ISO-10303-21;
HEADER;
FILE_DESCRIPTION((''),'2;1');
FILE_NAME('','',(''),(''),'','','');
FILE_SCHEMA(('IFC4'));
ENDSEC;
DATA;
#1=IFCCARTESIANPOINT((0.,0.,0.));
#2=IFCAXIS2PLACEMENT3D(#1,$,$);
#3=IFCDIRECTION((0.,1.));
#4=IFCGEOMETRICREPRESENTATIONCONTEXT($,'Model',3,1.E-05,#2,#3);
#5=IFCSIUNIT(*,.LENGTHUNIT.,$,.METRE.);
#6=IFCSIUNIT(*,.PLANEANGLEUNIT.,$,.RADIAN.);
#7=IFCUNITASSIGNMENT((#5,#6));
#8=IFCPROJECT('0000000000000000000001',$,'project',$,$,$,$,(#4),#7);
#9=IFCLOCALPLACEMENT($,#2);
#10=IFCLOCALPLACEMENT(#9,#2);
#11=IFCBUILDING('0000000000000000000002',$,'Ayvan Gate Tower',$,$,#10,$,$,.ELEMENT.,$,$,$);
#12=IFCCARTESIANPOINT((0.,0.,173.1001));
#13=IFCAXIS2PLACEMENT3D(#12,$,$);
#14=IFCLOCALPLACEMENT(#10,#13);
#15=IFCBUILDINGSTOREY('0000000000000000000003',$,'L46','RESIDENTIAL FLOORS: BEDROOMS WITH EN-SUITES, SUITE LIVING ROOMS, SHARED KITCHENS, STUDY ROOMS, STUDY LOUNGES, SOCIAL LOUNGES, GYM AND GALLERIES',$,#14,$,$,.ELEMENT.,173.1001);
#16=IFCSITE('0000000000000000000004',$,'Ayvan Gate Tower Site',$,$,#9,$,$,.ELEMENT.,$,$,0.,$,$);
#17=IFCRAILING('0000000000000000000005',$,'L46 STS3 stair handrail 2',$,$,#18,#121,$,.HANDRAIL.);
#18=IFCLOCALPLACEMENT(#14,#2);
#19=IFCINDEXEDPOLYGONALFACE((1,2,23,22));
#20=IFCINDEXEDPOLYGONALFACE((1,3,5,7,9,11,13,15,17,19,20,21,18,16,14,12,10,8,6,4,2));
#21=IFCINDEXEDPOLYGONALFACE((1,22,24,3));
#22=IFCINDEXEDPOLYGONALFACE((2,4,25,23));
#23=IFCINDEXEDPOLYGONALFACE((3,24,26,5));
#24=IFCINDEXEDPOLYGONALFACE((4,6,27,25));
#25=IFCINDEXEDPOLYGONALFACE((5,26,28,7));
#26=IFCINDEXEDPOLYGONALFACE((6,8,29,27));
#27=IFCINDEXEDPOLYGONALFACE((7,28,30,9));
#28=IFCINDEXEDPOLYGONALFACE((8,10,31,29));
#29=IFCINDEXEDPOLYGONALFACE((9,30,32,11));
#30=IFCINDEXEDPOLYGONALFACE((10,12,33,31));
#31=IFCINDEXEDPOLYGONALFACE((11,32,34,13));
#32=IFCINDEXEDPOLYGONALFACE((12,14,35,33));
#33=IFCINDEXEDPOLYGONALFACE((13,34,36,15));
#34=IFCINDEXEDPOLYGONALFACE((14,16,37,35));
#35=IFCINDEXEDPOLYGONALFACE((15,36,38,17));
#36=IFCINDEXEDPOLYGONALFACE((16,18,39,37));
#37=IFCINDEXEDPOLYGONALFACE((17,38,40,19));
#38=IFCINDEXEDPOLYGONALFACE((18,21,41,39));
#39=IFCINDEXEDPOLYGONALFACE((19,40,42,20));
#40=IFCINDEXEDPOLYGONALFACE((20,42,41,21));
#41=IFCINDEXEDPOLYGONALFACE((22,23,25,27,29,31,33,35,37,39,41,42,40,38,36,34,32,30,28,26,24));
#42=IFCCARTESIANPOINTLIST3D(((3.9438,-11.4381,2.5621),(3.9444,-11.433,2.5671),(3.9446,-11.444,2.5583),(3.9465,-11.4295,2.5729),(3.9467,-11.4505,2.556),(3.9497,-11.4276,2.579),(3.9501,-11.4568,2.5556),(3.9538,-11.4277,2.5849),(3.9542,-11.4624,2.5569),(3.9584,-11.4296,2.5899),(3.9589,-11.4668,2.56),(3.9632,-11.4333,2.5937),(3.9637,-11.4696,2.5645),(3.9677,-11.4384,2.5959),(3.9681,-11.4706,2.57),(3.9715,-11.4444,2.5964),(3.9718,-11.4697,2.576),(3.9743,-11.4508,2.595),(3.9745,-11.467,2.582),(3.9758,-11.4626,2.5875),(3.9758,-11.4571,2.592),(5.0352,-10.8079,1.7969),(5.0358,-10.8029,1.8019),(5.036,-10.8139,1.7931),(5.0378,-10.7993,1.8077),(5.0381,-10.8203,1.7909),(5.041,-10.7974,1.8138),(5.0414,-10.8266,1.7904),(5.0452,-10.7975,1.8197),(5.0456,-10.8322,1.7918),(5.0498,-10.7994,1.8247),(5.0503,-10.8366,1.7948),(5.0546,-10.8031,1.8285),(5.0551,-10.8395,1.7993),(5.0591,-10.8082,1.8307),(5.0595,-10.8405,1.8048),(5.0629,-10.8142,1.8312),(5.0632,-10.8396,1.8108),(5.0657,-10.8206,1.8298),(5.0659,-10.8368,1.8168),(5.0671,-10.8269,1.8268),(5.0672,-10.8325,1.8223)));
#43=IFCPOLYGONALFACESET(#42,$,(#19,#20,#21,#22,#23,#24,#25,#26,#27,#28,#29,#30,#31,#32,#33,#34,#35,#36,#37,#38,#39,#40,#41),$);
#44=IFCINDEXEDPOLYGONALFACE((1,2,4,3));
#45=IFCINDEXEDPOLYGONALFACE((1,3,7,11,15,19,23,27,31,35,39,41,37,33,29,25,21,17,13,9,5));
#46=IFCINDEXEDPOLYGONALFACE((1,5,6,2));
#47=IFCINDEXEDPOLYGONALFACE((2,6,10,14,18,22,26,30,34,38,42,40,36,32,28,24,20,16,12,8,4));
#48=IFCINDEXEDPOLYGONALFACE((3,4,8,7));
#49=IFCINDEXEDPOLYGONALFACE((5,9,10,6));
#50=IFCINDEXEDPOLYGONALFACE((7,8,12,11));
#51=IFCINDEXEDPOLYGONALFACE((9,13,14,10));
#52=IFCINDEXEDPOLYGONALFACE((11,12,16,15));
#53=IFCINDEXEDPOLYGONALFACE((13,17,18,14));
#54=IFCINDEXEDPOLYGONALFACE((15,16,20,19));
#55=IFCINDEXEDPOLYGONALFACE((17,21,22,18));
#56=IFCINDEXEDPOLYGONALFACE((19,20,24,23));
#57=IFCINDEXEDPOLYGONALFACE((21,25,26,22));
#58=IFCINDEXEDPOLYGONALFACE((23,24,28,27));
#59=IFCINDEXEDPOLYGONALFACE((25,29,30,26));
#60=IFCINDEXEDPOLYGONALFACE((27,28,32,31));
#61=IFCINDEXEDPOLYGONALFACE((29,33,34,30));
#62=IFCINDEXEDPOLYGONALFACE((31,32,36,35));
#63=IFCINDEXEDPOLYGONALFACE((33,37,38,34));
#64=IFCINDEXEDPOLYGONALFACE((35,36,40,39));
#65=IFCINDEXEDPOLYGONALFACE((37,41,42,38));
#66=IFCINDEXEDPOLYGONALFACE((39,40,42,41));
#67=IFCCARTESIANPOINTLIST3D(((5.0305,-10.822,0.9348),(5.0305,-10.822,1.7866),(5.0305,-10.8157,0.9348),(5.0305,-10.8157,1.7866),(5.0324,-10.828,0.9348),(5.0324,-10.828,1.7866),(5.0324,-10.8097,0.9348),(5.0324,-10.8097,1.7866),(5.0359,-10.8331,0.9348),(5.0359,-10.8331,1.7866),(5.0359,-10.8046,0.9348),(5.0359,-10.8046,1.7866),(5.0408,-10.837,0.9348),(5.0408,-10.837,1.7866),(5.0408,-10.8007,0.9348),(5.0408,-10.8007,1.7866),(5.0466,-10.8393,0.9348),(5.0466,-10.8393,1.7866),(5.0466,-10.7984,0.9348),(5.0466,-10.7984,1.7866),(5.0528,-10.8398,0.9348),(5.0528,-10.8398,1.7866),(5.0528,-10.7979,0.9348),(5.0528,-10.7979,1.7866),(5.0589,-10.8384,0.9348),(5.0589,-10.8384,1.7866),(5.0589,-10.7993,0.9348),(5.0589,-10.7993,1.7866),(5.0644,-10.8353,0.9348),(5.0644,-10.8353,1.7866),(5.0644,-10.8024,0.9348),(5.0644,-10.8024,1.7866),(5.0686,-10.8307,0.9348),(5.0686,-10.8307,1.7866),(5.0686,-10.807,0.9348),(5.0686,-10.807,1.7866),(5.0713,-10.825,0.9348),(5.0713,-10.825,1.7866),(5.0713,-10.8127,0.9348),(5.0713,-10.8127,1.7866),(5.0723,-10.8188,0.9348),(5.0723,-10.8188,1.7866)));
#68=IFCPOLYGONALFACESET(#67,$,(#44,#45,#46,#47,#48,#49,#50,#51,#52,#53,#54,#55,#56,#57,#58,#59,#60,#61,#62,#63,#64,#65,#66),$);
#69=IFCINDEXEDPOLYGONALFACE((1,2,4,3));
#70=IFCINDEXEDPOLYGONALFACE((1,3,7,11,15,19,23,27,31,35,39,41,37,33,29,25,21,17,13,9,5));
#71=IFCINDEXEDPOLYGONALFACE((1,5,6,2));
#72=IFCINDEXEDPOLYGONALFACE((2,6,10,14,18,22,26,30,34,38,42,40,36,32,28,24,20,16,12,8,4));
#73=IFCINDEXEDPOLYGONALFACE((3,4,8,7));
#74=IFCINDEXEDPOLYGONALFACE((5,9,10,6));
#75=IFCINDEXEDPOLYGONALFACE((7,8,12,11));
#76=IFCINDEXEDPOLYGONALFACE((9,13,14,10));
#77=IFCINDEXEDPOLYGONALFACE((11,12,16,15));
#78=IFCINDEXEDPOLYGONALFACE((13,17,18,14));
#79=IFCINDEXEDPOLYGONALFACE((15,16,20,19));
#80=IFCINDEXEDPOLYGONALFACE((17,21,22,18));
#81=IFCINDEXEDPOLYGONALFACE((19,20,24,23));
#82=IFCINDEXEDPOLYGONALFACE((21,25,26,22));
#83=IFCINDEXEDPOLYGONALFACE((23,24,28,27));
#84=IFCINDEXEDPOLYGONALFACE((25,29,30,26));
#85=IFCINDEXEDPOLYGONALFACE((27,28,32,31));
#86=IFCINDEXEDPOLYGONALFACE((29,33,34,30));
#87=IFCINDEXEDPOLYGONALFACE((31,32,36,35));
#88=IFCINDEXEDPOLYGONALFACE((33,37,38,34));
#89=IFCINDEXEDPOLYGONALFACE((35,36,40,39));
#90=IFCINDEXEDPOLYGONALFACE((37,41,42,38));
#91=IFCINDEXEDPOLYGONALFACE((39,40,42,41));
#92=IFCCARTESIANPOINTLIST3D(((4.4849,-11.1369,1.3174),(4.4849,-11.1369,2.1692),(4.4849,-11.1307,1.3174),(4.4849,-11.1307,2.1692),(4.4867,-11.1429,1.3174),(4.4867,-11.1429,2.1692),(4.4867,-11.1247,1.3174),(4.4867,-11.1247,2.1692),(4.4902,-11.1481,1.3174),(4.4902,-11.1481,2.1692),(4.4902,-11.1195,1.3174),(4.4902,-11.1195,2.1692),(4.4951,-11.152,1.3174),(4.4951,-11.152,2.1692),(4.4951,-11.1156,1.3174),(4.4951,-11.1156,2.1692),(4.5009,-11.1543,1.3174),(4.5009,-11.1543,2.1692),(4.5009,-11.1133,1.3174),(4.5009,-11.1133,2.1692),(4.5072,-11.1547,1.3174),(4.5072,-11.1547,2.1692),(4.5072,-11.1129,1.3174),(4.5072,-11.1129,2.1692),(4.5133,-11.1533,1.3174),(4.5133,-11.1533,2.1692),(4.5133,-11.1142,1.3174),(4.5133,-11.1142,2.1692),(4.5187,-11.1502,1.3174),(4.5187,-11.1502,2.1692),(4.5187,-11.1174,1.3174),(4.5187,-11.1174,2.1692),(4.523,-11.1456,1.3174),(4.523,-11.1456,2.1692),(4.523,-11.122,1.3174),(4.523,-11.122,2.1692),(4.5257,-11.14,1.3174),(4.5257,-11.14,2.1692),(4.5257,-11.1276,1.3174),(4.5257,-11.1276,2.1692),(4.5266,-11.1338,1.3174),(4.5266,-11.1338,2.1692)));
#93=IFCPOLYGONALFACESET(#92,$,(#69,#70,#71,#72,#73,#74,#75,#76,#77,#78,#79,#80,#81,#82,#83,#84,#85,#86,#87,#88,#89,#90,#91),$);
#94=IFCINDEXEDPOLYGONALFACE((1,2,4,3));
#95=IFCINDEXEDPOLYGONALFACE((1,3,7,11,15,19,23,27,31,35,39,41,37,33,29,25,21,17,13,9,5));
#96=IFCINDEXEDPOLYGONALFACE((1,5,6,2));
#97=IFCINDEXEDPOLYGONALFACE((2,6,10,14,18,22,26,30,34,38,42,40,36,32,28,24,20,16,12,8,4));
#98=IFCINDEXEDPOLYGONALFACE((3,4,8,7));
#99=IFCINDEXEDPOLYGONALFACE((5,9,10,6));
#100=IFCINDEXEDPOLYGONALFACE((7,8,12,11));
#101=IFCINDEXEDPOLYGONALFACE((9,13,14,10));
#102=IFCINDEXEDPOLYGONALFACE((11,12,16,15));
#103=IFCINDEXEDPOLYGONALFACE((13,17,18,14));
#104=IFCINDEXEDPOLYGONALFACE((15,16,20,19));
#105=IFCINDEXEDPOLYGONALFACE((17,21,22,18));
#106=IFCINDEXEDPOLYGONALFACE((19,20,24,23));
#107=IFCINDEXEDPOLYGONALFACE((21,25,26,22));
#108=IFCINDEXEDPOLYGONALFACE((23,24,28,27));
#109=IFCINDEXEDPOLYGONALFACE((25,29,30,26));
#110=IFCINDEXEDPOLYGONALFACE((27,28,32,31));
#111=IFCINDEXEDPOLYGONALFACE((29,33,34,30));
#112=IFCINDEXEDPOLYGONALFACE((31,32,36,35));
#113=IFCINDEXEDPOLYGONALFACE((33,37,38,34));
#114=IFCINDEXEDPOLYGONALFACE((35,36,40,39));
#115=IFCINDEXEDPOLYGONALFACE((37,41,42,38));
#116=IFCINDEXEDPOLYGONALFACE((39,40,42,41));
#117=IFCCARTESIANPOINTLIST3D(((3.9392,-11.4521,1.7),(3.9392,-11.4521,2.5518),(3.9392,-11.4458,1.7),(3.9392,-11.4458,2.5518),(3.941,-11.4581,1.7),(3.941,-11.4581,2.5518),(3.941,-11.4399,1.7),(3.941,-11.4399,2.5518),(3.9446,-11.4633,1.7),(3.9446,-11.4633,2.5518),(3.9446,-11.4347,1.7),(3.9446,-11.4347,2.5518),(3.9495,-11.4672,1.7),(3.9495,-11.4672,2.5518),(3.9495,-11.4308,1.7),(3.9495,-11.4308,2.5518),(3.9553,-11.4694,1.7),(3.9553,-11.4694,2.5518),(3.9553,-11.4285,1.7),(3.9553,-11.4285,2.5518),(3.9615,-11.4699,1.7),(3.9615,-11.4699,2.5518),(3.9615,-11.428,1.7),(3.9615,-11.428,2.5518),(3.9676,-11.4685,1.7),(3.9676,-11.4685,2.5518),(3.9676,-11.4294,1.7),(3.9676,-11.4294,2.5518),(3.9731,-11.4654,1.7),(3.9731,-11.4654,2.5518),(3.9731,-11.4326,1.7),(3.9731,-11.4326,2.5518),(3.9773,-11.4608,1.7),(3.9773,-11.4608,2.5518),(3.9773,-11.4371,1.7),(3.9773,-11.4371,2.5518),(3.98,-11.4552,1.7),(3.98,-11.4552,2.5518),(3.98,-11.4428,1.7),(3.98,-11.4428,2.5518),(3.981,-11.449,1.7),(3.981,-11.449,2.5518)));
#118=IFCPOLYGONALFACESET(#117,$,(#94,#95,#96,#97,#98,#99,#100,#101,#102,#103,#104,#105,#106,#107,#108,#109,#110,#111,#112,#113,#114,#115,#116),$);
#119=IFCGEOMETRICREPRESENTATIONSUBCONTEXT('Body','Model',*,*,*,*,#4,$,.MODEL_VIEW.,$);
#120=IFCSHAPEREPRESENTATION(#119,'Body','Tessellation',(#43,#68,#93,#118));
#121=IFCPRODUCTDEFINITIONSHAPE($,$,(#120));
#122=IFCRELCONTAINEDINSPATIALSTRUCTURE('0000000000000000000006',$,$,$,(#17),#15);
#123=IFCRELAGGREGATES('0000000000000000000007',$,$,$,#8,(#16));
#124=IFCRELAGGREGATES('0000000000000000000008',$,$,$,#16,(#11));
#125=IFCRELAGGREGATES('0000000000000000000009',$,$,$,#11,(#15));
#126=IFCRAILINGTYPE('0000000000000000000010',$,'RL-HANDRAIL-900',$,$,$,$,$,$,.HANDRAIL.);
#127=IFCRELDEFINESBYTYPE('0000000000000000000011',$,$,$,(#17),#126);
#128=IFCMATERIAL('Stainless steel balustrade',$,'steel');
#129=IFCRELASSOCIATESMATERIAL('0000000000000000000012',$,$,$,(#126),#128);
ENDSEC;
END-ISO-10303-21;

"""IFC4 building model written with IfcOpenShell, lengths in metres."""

from ifc_helpers import new_model, si_unit, direction, frame, origin, origin_2d, place, context, subcontext, project, spatial, circle, extrude, material, type_object, element, save


model = new_model("IFC4")

# Units and contexts
model_context = context("Model", 3, precision=1e-05, world=origin(), true_north=direction((0.0, 1.0)))
body_context = subcontext(model_context, "Body", "Model", "MODEL_VIEW")
ifc_project = project(units=[si_unit("LENGTHUNIT", "METRE"), si_unit("PLANEANGLEUNIT", "RADIAN")], contexts=[model_context])

# Site, building, storey
site_placement = place(None, origin())
site = spatial("IfcSite", under=ifc_project, at=site_placement, Name="Ayvan Gate Tower Site", CompositionType="ELEMENT", RefElevation=0.0)
building_placement = place(site_placement, origin())
building = spatial("IfcBuilding", under=site, at=building_placement, Name="Ayvan Gate Tower", CompositionType="ELEMENT")
storey_placement = place(building_placement, frame((0.0, 0.0, 173.1001)))
storey = spatial("IfcBuildingStorey", under=building, at=storey_placement, Name="L46", Description="RESIDENTIAL FLOORS: BEDROOMS WITH EN-SUITES, SUITE LIVING ROOMS, SHARED KITCHENS, STUDY ROOMS, STUDY LOUNGES, SOCIAL LOUNGES, GYM AND GALLERIES", CompositionType="ELEMENT", Elevation=173.1001)

# Railing
ifc_material_1 = material(Name="Stainless steel balustrade", Category="steel")
railing_type_1 = type_object("IfcRailingType", Name="RL-HANDRAIL-900", PredefinedType="HANDRAIL", material=ifc_material_1)
railing_1_placement = place(storey_placement, frame((5.0513, -10.8188, 0.9348)))
element("IfcRailing", 1, at=railing_1_placement, inside=storey, type_object=railing_type_1, Name="L46 STS3 stair handrail 2", PredefinedType="HANDRAIL", context=body_context, shape_type="SweptSolid", body=[
    extrude(circle(Radius=0.0239, at=origin_2d()), frame((0.0, 0.0, 0.876), z_axis=(-0.740241, -0.427419, 0.518996), x_axis=(0.500035, -0.866005, 0.0)), (0.0, 0.0, 1.0), 1.4744),
    extrude(circle(Radius=0.021, at=origin_2d()), origin(), (0.0, 0.0, 1.0), 0.8518),
    extrude(circle(Radius=0.021, at=origin_2d()), frame((-0.5457, -0.3149, 0.3826)), (0.0, 0.0, 1.0), 0.8518),
    extrude(circle(Radius=0.021, at=origin_2d()), frame((-1.0913, -0.6301, 0.7651)), (0.0, 0.0, 1.0), 0.8518),
])

save(model, "model.ifc")
